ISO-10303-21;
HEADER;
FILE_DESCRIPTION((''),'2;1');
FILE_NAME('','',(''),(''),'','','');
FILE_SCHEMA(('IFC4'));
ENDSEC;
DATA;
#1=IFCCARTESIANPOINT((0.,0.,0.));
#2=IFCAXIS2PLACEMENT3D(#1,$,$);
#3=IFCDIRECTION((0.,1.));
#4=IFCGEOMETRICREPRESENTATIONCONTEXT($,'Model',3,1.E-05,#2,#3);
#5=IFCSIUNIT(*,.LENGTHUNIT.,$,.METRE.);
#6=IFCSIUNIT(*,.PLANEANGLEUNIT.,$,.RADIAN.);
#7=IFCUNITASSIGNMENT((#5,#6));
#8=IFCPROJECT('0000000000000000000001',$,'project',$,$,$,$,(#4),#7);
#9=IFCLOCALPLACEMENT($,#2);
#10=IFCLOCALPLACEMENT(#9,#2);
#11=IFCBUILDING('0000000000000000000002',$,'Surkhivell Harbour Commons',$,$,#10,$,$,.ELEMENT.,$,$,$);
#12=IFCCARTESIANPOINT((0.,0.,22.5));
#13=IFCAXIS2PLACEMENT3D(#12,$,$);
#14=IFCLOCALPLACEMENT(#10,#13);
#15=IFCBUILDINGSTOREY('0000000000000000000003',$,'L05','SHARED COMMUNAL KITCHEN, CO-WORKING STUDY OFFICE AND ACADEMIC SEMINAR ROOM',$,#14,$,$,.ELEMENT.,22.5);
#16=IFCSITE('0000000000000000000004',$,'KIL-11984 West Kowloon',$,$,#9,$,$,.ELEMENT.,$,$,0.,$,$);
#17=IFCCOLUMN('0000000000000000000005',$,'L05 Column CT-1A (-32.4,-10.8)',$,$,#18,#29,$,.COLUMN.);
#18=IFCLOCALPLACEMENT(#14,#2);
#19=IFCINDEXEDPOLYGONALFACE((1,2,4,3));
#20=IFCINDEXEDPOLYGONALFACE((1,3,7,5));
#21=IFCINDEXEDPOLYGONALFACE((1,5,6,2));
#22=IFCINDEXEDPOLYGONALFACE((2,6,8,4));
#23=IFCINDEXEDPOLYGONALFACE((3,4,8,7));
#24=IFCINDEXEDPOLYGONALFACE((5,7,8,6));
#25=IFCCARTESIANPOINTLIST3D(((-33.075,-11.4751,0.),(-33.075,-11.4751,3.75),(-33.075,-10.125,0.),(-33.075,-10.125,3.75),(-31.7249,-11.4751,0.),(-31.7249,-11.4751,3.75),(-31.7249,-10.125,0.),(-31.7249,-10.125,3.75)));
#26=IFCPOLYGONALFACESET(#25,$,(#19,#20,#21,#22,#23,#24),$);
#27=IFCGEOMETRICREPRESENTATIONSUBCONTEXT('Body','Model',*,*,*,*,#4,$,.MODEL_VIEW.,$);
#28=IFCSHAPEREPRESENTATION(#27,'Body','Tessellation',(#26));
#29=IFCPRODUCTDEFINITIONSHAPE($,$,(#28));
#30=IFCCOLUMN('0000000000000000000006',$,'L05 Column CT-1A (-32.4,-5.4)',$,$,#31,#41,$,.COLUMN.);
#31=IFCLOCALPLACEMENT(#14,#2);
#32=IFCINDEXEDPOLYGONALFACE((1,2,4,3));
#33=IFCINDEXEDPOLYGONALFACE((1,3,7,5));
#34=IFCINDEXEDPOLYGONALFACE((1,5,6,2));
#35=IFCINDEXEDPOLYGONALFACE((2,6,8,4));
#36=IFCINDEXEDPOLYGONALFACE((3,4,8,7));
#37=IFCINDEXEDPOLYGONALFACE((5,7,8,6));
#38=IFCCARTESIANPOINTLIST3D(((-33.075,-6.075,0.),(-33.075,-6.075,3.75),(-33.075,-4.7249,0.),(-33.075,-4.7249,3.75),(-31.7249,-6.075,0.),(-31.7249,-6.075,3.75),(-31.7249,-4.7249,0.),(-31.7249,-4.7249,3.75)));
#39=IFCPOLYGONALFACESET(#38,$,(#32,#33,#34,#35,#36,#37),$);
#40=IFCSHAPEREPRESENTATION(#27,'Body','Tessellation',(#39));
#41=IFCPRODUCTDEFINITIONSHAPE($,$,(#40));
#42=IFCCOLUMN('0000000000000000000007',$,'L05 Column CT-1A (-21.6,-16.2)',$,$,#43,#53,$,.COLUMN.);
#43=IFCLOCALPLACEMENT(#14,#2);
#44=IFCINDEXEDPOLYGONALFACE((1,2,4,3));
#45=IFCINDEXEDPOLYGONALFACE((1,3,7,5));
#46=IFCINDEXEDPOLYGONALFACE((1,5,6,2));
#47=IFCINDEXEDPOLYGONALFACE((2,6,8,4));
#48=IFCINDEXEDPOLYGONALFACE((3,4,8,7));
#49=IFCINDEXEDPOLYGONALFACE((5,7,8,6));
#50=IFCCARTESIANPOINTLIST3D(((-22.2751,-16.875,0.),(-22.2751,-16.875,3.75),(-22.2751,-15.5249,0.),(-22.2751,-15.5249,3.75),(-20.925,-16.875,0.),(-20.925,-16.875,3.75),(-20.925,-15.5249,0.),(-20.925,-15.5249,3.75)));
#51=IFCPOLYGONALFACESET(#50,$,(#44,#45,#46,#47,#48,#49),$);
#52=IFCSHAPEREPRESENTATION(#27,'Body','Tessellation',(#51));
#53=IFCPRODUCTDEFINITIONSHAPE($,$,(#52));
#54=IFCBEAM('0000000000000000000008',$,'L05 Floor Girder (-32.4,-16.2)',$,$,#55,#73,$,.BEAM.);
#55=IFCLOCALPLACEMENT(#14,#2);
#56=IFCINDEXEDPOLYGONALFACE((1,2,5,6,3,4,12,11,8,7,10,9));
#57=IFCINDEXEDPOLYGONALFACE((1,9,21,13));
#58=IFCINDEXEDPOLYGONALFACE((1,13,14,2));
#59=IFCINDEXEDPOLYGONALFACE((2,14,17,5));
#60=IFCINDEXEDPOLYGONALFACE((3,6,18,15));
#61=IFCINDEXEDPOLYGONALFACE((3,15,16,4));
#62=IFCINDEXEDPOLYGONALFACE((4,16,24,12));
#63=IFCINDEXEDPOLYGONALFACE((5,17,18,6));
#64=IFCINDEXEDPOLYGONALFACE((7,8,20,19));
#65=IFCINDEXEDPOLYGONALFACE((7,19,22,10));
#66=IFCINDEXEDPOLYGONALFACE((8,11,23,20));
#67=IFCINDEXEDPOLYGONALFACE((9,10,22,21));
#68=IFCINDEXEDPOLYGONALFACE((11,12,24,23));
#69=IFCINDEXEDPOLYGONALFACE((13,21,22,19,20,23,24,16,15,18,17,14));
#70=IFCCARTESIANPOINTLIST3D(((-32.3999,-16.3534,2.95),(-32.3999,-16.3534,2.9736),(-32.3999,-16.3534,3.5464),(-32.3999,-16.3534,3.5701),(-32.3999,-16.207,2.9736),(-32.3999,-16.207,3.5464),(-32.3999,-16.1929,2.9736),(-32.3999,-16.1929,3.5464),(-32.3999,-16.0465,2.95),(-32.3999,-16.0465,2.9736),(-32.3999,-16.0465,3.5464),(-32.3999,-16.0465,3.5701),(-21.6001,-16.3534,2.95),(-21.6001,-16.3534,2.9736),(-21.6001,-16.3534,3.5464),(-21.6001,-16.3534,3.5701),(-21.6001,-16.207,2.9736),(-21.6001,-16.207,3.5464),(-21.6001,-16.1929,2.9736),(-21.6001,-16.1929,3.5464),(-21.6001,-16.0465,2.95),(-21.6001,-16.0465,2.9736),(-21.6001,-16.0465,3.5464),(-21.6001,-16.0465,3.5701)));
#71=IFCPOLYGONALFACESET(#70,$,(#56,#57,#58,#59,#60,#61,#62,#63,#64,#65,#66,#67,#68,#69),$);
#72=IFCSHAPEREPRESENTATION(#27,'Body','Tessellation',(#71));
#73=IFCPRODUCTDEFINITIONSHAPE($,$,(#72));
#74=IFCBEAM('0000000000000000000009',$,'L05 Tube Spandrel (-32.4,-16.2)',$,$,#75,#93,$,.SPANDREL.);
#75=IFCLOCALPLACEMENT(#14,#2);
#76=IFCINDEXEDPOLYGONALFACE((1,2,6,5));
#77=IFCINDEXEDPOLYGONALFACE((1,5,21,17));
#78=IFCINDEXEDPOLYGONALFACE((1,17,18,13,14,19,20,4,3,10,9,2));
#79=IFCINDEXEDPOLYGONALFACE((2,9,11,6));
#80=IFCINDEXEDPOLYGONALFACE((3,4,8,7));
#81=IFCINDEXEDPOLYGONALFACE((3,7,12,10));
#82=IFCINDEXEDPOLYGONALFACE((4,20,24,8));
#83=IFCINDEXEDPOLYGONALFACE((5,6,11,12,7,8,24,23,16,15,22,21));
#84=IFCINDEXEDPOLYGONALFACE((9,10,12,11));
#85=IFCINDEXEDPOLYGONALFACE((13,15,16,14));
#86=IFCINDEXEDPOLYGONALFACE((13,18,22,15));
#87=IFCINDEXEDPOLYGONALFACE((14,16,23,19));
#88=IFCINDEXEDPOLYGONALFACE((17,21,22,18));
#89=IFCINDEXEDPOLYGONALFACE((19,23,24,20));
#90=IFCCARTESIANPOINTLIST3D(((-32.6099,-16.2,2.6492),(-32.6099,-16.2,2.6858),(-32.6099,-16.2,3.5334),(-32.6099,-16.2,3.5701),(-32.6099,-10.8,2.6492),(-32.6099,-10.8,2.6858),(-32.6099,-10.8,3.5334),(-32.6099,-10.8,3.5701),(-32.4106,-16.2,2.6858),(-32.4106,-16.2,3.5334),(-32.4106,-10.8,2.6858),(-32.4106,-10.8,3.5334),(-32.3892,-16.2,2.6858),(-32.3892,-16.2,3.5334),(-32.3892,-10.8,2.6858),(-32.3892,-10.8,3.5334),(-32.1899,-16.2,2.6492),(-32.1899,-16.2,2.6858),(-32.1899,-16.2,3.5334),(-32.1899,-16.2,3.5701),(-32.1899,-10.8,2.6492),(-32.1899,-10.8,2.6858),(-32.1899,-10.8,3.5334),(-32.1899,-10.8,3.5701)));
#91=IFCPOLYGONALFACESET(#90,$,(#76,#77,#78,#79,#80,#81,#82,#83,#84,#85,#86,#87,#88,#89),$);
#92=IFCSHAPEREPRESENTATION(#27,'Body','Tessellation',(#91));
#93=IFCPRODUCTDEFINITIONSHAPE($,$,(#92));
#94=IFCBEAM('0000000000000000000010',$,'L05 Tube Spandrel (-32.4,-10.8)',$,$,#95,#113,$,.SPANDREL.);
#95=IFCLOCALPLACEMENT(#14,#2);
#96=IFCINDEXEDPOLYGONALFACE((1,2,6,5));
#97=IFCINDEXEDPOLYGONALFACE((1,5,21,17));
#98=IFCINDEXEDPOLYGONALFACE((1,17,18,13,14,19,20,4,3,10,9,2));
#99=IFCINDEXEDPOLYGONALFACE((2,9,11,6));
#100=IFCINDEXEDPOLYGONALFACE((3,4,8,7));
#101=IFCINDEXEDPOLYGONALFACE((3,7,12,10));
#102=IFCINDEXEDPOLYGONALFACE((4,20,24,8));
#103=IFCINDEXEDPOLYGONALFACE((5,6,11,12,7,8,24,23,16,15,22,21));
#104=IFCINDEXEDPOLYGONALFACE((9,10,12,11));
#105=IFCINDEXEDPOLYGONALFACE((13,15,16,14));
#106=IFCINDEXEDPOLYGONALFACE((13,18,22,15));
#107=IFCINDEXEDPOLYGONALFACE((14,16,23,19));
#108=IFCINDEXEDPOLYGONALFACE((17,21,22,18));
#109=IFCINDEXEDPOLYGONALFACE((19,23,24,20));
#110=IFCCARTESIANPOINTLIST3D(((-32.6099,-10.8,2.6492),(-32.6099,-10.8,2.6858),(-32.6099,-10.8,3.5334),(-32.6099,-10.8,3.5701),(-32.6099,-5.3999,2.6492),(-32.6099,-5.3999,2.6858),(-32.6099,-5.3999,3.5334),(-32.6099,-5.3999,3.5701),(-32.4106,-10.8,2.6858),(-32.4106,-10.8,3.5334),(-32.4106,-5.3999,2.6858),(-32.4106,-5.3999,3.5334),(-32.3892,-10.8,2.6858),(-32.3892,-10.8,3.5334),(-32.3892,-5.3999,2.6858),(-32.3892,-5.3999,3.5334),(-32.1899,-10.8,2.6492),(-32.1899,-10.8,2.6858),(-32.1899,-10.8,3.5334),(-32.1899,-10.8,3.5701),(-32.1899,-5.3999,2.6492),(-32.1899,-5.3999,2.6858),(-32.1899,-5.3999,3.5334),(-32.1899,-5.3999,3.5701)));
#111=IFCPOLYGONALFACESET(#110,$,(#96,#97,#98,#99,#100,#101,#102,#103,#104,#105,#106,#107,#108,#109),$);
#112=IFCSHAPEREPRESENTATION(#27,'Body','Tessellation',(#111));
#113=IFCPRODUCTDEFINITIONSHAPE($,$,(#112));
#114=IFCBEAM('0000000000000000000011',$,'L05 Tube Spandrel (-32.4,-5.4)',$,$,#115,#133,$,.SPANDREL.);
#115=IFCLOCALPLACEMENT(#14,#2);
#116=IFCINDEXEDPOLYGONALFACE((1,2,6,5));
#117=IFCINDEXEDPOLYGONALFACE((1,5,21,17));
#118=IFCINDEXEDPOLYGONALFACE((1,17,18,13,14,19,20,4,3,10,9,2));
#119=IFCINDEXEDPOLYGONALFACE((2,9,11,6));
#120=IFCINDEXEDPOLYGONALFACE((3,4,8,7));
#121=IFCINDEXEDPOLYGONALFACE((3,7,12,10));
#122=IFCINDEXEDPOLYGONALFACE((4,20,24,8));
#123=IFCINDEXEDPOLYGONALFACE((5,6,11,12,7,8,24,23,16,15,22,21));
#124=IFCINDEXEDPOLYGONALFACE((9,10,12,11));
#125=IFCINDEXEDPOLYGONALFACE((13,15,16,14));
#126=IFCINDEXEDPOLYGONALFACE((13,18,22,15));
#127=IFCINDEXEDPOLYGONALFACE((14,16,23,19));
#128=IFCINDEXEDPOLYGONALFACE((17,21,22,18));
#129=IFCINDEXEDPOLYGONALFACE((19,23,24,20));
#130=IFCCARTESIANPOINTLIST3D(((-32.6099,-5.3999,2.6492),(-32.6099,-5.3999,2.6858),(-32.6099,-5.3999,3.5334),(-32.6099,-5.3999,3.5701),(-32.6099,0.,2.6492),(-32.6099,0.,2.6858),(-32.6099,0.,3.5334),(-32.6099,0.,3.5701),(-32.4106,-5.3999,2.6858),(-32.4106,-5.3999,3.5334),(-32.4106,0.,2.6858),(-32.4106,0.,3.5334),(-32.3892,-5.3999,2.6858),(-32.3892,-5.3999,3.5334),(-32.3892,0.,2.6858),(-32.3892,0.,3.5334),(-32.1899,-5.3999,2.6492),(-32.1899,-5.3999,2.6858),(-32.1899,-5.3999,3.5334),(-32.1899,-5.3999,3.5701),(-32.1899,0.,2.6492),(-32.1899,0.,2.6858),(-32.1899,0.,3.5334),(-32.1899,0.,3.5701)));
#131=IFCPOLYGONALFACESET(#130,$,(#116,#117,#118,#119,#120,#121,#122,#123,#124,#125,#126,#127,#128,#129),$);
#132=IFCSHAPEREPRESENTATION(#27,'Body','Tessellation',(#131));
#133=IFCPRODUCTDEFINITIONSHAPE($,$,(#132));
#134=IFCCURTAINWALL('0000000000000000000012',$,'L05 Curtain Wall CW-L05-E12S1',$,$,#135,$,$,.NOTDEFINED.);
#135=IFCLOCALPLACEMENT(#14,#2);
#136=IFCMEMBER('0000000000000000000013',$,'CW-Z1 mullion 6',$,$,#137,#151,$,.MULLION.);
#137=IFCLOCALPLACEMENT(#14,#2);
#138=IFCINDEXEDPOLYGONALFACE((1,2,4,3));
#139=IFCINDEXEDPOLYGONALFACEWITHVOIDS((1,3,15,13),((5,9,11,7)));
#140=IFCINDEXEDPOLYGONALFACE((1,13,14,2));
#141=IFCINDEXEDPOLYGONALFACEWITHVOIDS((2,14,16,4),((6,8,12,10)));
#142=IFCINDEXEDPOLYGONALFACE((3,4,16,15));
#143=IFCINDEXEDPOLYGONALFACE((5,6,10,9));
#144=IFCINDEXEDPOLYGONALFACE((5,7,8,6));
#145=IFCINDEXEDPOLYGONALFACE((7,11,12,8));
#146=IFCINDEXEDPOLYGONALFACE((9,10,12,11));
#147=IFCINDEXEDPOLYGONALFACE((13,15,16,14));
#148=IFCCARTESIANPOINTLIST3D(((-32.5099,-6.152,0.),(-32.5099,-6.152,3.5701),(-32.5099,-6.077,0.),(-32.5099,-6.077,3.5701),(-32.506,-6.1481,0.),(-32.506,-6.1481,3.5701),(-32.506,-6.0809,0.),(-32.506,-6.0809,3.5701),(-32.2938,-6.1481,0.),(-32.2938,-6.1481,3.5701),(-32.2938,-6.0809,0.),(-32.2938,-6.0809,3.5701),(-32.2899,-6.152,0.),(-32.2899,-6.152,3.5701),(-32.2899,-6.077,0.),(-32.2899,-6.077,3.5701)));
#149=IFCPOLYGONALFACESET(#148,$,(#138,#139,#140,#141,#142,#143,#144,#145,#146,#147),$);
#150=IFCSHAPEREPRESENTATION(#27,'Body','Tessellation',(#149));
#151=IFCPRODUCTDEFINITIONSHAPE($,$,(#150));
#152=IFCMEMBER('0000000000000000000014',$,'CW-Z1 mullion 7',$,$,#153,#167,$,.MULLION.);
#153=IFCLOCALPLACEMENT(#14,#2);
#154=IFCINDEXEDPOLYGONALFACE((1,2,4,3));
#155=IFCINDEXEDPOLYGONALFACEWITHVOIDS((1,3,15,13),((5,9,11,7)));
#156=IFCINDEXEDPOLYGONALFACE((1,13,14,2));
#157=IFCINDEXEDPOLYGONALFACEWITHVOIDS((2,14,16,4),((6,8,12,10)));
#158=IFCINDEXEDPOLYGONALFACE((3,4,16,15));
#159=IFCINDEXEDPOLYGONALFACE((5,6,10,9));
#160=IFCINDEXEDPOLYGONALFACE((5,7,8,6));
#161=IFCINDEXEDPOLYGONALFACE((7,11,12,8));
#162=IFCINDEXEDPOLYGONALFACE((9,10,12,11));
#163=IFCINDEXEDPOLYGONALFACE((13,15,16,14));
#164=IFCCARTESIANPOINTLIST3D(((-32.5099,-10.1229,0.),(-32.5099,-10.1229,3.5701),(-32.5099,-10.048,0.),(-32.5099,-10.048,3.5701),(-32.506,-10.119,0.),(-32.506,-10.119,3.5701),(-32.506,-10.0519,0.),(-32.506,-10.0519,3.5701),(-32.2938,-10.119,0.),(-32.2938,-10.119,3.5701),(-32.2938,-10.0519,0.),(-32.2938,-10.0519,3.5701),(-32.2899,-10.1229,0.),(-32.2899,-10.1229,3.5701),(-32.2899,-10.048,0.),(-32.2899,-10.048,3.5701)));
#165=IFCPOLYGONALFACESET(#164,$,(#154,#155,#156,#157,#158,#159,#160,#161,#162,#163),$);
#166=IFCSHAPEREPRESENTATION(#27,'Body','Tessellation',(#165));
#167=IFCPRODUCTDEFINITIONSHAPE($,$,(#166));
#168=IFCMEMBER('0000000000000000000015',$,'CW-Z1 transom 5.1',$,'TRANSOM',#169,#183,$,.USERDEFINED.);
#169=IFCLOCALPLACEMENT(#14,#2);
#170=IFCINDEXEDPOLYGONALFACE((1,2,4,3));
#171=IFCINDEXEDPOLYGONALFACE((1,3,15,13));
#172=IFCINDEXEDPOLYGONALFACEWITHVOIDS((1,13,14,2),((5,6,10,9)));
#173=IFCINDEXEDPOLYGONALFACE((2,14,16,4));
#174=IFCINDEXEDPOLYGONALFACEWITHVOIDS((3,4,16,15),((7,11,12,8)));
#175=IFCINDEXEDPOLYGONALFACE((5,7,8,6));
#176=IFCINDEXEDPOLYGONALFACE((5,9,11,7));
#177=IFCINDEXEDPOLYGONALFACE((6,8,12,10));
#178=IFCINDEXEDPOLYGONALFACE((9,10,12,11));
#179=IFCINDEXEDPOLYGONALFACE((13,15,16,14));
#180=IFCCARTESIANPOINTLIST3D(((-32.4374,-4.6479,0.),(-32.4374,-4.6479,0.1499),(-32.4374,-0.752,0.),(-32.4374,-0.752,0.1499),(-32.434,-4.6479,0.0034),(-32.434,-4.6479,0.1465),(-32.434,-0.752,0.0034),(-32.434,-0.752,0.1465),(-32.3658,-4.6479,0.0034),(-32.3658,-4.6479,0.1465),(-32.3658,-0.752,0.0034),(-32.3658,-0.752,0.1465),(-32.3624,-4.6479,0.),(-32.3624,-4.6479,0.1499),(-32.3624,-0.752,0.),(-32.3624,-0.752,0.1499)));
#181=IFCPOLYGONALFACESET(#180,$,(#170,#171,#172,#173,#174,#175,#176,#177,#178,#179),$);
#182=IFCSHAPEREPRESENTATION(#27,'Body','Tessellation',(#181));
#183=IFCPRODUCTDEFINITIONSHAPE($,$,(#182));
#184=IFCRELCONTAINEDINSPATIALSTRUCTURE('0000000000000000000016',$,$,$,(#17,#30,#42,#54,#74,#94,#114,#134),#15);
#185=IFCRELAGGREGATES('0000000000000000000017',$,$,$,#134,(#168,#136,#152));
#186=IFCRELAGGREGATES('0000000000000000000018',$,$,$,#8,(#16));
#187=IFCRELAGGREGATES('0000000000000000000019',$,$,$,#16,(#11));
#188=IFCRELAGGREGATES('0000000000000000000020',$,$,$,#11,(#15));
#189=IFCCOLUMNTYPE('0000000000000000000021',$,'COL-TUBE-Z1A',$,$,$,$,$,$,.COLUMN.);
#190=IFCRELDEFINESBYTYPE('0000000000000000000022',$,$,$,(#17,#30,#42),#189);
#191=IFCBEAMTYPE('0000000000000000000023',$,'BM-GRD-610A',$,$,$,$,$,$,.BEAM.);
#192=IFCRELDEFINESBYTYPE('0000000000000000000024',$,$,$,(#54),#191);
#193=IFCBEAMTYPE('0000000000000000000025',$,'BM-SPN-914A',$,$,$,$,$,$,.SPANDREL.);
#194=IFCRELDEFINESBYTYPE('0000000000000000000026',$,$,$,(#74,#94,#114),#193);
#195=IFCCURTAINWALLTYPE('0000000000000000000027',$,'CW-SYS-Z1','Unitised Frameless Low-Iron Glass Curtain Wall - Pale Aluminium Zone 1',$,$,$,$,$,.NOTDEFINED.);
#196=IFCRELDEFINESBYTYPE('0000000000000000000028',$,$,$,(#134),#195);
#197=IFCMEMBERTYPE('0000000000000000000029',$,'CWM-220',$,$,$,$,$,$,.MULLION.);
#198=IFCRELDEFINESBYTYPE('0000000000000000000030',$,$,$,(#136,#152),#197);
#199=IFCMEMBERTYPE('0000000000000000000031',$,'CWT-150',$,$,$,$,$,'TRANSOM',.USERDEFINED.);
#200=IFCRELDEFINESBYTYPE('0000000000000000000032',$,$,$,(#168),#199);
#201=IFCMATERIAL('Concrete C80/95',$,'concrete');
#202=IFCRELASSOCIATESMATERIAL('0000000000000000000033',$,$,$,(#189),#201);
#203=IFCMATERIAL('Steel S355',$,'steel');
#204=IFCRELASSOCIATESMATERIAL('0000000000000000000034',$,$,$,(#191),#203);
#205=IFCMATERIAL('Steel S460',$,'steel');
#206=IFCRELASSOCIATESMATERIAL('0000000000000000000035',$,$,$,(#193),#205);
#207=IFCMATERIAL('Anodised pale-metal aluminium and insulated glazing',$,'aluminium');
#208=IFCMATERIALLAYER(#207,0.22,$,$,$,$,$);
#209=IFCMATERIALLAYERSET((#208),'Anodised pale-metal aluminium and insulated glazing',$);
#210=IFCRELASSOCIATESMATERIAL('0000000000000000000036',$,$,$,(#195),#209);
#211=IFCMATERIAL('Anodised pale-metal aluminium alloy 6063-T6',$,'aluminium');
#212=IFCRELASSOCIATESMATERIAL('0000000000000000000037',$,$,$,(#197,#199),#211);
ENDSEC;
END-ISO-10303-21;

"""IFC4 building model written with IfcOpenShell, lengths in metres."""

from ifc_helpers import new_model, si_unit, direction, frame, origin, origin_2d, place, context, subcontext, project, spatial, rectangle, hollow_rectangle, i_section, extrude, material, layer, layer_set, material_profile, profile_set, type_object, element, aggregate, save


model = new_model("IFC4")

# Units and contexts
model_context = context("Model", 3, precision=1e-05, world=origin(), true_north=direction((0.0, 1.0)))
body_context = subcontext(model_context, "Body", "Model", "MODEL_VIEW")
ifc_project = project(units=[si_unit("LENGTHUNIT", "METRE"), si_unit("PLANEANGLEUNIT", "RADIAN")], contexts=[model_context])

# Site, building, storey
site_placement = place(None, origin())
site = spatial("IfcSite", under=ifc_project, at=site_placement, Name="KIL-11984 West Kowloon", CompositionType="ELEMENT", RefElevation=0.0)
building_placement = place(site_placement, origin())
building = spatial("IfcBuilding", under=site, at=building_placement, Name="Surkhivell Harbour Commons", CompositionType="ELEMENT")
storey_placement = place(building_placement, frame((0.0, 0.0, 22.5)))
storey = spatial("IfcBuildingStorey", under=building, at=storey_placement, Name="L05", Description="SHARED COMMUNAL KITCHEN, CO-WORKING STUDY OFFICE AND ACADEMIC SEMINAR ROOM", CompositionType="ELEMENT", Elevation=22.5)

# Columns
ifc_material_1 = material(Name="Concrete C80/95", Category="concrete")
ifc_material_profile_1 = material_profile(ifc_material_1, rectangle(XDim=1.3501, YDim=1.3501, at=origin_2d()), Name="RC-COL-1350x1350")
ifc_profile_set_1 = profile_set([ifc_material_profile_1], Name="Concrete C80/95")
column_type = type_object("IfcColumnType", Name="COL-TUBE-Z1A", PredefinedType="COLUMN", material=ifc_profile_set_1)
for number, where, z_axis, x_axis, name in (
    (1, (-32.3999, -10.8, 0.0), (0.0, 0.0, 1.0), (1.0, 0.0, 0.0), "L05 Column CT-1A (-32.4,-10.8)"),
    (2, (-32.3999, -5.3999, 0.0), (0.0, 0.0, 1.0), (1.0, 0.0, 0.0), "L05 Column CT-1A (-32.4,-5.4)"),
    (3, (-21.6001, -16.2, 0.0), (0.0, 0.0, 1.0), (1.0, 0.0, 0.0), "L05 Column CT-1A (-21.6,-16.2)"),
):
    element("IfcColumn", number, at=place(storey_placement, frame(where, z_axis=z_axis, x_axis=x_axis)), inside=storey, type_object=column_type, Name=name, PredefinedType="COLUMN", context=body_context, shape_type="SweptSolid", body=[
        extrude(rectangle(XDim=1.3501, YDim=1.3501, at=origin_2d()), origin(), (0.0, 0.0, 1.0), 3.75),
    ])

# Beams
ifc_material_2 = material(Name="Steel S355", Category="steel")
ifc_material_profile_2 = material_profile(ifc_material_2, i_section(OverallWidth=0.3069, OverallDepth=0.6201, WebThickness=0.0142, FlangeThickness=0.0237, at=origin_2d()), Name="UB610x305x179")
ifc_profile_set_2 = profile_set([ifc_material_profile_2], Name="Steel S355")
beam_type_1 = type_object("IfcBeamType", Name="BM-GRD-610A", PredefinedType="BEAM", material=ifc_profile_set_2)
beam_1_placement = place(storey_placement, frame((-32.3999, -16.2, 3.26), z_axis=(1.0, 0.0, 0.0), x_axis=(0.0, 1.0, 0.0)))
element("IfcBeam", 4, at=beam_1_placement, inside=storey, type_object=beam_type_1, Name="L05 Floor Girder (-32.4,-16.2)", PredefinedType="BEAM", context=body_context, shape_type="SweptSolid", body=[
    extrude(i_section(OverallWidth=0.3069, OverallDepth=0.6201, WebThickness=0.0142, FlangeThickness=0.0237, at=origin_2d()), origin(), (0.0, 0.0, 1.0), 10.7998),
])
ifc_material_3 = material(Name="Steel S460", Category="steel")
ifc_material_profile_3 = material_profile(ifc_material_3, i_section(OverallWidth=0.4199, OverallDepth=0.9209, WebThickness=0.0215, FlangeThickness=0.0366, at=origin_2d()), Name="UB914x419x388")
ifc_profile_set_3 = profile_set([ifc_material_profile_3], Name="Steel S460")
beam_type_2 = type_object("IfcBeamType", Name="BM-SPN-914A", PredefinedType="SPANDREL", material=ifc_profile_set_3)
beam_2_placement = place(storey_placement, frame((-32.3999, -16.2, 3.1096), z_axis=(0.0, 1.0, 0.0), x_axis=(-1.0, 0.0, 0.0)))
element("IfcBeam", 5, at=beam_2_placement, inside=storey, type_object=beam_type_2, Name="L05 Tube Spandrel (-32.4,-16.2)", PredefinedType="SPANDREL", context=body_context, shape_type="SweptSolid", body=[
    extrude(i_section(OverallWidth=0.4199, OverallDepth=0.9209, WebThickness=0.0215, FlangeThickness=0.0366, at=origin_2d()), origin(), (0.0, 0.0, 1.0), 5.3999),
])
beam_3_placement = place(storey_placement, frame((-32.3999, -10.8, 3.1096), z_axis=(0.0, 1.0, 0.0), x_axis=(-1.0, 0.0, 0.0)))
element("IfcBeam", 6, at=beam_3_placement, inside=storey, type_object=beam_type_2, Name="L05 Tube Spandrel (-32.4,-10.8)", PredefinedType="SPANDREL", context=body_context, shape_type="SweptSolid", body=[
    extrude(i_section(OverallWidth=0.4199, OverallDepth=0.9209, WebThickness=0.0215, FlangeThickness=0.0366, at=origin_2d()), origin(), (0.0, 0.0, 1.0), 5.4001),
])
beam_4_placement = place(storey_placement, frame((-32.3999, -5.3999, 3.1096), z_axis=(0.0, 1.0, 0.0), x_axis=(-1.0, 0.0, 0.0)))
element("IfcBeam", 7, at=beam_4_placement, inside=storey, type_object=beam_type_2, Name="L05 Tube Spandrel (-32.4,-5.4)", PredefinedType="SPANDREL", context=body_context, shape_type="SweptSolid", body=[
    extrude(i_section(OverallWidth=0.4199, OverallDepth=0.9209, WebThickness=0.0215, FlangeThickness=0.0366, at=origin_2d()), origin(), (0.0, 0.0, 1.0), 5.3999),
])

# Curtain wall, members
ifc_material_4 = material(Name="Anodised pale-metal aluminium and insulated glazing", Category="aluminium")
ifc_layer_1 = layer(ifc_material_4, 0.22)
ifc_layer_set_1 = layer_set([ifc_layer_1], Name="Anodised pale-metal aluminium and insulated glazing")
curtain_wall_type = type_object("IfcCurtainWallType", Name="CW-SYS-Z1", Description="Unitised Frameless Low-Iron Glass Curtain Wall - Pale Aluminium Zone 1", PredefinedType="NOTDEFINED", material=ifc_layer_set_1)
curtain_wall_placement = place(storey_placement, origin())
curtain_wall = element("IfcCurtainWall", 8, at=curtain_wall_placement, inside=storey, type_object=curtain_wall_type, Name="L05 Curtain Wall CW-L05-E12S1", PredefinedType="NOTDEFINED")
ifc_material_5 = material(Name="Anodised pale-metal aluminium alloy 6063-T6", Category="aluminium")
ifc_material_profile_4 = material_profile(ifc_material_5, hollow_rectangle(XDim=0.075, YDim=0.22, WallThickness=0.0039, at=origin_2d()), Name="ALU-MULL-75x220")
ifc_profile_set_4 = profile_set([ifc_material_profile_4], Name="Anodised pale-metal aluminium alloy 6063-T6")
member_type_1 = type_object("IfcMemberType", Name="CWM-220", PredefinedType="MULLION", material=ifc_profile_set_4)
member_1_placement = place(storey_placement, frame((-32.3999, -6.1145, 0.0), z_axis=(0.0, 0.0, 1.0), x_axis=(0.0, -1.0, 0.0)))
member_1 = element("IfcMember", 9, at=member_1_placement, type_object=member_type_1, Name="CW-Z1 mullion 6", PredefinedType="MULLION", context=body_context, shape_type="SweptSolid", body=[
    extrude(hollow_rectangle(XDim=0.075, YDim=0.22, WallThickness=0.0039, at=origin_2d()), origin(), (0.0, 0.0, 1.0), 3.5701),
])
member_2_placement = place(storey_placement, frame((-32.3999, -10.0854, 0.0), z_axis=(0.0, 0.0, 1.0), x_axis=(0.0, -1.0, 0.0)))
member_2 = element("IfcMember", 10, at=member_2_placement, type_object=member_type_1, Name="CW-Z1 mullion 7", PredefinedType="MULLION", context=body_context, shape_type="SweptSolid", body=[
    extrude(hollow_rectangle(XDim=0.075, YDim=0.22, WallThickness=0.0039, at=origin_2d()), origin(), (0.0, 0.0, 1.0), 3.5701),
])
ifc_material_profile_5 = material_profile(ifc_material_5, hollow_rectangle(XDim=0.075, YDim=0.1499, WallThickness=0.0034, at=origin_2d()), Name="ALU-TRAN-75x150")
ifc_profile_set_5 = profile_set([ifc_material_profile_5], Name="Anodised pale-metal aluminium alloy 6063-T6")
member_type_2 = type_object("IfcMemberType", Name="CWT-150", ElementType="TRANSOM", PredefinedType="USERDEFINED", material=ifc_profile_set_5)
member_3_placement = place(storey_placement, frame((-32.3999, -0.752, 0.075), z_axis=(0.0, -1.0, 0.0), x_axis=(1.0, 0.0, 0.0)))
member_3 = element("IfcMember", 11, at=member_3_placement, type_object=member_type_2, Name="CW-Z1 transom 5.1", ObjectType="TRANSOM", PredefinedType="USERDEFINED", context=body_context, shape_type="SweptSolid", body=[
    extrude(hollow_rectangle(XDim=0.075, YDim=0.1499, WallThickness=0.0034, at=origin_2d()), origin(), (0.0, 0.0, 1.0), 3.896),
])

aggregate(curtain_wall, [member_3, member_1, member_2])

save(model, "model.ifc")
